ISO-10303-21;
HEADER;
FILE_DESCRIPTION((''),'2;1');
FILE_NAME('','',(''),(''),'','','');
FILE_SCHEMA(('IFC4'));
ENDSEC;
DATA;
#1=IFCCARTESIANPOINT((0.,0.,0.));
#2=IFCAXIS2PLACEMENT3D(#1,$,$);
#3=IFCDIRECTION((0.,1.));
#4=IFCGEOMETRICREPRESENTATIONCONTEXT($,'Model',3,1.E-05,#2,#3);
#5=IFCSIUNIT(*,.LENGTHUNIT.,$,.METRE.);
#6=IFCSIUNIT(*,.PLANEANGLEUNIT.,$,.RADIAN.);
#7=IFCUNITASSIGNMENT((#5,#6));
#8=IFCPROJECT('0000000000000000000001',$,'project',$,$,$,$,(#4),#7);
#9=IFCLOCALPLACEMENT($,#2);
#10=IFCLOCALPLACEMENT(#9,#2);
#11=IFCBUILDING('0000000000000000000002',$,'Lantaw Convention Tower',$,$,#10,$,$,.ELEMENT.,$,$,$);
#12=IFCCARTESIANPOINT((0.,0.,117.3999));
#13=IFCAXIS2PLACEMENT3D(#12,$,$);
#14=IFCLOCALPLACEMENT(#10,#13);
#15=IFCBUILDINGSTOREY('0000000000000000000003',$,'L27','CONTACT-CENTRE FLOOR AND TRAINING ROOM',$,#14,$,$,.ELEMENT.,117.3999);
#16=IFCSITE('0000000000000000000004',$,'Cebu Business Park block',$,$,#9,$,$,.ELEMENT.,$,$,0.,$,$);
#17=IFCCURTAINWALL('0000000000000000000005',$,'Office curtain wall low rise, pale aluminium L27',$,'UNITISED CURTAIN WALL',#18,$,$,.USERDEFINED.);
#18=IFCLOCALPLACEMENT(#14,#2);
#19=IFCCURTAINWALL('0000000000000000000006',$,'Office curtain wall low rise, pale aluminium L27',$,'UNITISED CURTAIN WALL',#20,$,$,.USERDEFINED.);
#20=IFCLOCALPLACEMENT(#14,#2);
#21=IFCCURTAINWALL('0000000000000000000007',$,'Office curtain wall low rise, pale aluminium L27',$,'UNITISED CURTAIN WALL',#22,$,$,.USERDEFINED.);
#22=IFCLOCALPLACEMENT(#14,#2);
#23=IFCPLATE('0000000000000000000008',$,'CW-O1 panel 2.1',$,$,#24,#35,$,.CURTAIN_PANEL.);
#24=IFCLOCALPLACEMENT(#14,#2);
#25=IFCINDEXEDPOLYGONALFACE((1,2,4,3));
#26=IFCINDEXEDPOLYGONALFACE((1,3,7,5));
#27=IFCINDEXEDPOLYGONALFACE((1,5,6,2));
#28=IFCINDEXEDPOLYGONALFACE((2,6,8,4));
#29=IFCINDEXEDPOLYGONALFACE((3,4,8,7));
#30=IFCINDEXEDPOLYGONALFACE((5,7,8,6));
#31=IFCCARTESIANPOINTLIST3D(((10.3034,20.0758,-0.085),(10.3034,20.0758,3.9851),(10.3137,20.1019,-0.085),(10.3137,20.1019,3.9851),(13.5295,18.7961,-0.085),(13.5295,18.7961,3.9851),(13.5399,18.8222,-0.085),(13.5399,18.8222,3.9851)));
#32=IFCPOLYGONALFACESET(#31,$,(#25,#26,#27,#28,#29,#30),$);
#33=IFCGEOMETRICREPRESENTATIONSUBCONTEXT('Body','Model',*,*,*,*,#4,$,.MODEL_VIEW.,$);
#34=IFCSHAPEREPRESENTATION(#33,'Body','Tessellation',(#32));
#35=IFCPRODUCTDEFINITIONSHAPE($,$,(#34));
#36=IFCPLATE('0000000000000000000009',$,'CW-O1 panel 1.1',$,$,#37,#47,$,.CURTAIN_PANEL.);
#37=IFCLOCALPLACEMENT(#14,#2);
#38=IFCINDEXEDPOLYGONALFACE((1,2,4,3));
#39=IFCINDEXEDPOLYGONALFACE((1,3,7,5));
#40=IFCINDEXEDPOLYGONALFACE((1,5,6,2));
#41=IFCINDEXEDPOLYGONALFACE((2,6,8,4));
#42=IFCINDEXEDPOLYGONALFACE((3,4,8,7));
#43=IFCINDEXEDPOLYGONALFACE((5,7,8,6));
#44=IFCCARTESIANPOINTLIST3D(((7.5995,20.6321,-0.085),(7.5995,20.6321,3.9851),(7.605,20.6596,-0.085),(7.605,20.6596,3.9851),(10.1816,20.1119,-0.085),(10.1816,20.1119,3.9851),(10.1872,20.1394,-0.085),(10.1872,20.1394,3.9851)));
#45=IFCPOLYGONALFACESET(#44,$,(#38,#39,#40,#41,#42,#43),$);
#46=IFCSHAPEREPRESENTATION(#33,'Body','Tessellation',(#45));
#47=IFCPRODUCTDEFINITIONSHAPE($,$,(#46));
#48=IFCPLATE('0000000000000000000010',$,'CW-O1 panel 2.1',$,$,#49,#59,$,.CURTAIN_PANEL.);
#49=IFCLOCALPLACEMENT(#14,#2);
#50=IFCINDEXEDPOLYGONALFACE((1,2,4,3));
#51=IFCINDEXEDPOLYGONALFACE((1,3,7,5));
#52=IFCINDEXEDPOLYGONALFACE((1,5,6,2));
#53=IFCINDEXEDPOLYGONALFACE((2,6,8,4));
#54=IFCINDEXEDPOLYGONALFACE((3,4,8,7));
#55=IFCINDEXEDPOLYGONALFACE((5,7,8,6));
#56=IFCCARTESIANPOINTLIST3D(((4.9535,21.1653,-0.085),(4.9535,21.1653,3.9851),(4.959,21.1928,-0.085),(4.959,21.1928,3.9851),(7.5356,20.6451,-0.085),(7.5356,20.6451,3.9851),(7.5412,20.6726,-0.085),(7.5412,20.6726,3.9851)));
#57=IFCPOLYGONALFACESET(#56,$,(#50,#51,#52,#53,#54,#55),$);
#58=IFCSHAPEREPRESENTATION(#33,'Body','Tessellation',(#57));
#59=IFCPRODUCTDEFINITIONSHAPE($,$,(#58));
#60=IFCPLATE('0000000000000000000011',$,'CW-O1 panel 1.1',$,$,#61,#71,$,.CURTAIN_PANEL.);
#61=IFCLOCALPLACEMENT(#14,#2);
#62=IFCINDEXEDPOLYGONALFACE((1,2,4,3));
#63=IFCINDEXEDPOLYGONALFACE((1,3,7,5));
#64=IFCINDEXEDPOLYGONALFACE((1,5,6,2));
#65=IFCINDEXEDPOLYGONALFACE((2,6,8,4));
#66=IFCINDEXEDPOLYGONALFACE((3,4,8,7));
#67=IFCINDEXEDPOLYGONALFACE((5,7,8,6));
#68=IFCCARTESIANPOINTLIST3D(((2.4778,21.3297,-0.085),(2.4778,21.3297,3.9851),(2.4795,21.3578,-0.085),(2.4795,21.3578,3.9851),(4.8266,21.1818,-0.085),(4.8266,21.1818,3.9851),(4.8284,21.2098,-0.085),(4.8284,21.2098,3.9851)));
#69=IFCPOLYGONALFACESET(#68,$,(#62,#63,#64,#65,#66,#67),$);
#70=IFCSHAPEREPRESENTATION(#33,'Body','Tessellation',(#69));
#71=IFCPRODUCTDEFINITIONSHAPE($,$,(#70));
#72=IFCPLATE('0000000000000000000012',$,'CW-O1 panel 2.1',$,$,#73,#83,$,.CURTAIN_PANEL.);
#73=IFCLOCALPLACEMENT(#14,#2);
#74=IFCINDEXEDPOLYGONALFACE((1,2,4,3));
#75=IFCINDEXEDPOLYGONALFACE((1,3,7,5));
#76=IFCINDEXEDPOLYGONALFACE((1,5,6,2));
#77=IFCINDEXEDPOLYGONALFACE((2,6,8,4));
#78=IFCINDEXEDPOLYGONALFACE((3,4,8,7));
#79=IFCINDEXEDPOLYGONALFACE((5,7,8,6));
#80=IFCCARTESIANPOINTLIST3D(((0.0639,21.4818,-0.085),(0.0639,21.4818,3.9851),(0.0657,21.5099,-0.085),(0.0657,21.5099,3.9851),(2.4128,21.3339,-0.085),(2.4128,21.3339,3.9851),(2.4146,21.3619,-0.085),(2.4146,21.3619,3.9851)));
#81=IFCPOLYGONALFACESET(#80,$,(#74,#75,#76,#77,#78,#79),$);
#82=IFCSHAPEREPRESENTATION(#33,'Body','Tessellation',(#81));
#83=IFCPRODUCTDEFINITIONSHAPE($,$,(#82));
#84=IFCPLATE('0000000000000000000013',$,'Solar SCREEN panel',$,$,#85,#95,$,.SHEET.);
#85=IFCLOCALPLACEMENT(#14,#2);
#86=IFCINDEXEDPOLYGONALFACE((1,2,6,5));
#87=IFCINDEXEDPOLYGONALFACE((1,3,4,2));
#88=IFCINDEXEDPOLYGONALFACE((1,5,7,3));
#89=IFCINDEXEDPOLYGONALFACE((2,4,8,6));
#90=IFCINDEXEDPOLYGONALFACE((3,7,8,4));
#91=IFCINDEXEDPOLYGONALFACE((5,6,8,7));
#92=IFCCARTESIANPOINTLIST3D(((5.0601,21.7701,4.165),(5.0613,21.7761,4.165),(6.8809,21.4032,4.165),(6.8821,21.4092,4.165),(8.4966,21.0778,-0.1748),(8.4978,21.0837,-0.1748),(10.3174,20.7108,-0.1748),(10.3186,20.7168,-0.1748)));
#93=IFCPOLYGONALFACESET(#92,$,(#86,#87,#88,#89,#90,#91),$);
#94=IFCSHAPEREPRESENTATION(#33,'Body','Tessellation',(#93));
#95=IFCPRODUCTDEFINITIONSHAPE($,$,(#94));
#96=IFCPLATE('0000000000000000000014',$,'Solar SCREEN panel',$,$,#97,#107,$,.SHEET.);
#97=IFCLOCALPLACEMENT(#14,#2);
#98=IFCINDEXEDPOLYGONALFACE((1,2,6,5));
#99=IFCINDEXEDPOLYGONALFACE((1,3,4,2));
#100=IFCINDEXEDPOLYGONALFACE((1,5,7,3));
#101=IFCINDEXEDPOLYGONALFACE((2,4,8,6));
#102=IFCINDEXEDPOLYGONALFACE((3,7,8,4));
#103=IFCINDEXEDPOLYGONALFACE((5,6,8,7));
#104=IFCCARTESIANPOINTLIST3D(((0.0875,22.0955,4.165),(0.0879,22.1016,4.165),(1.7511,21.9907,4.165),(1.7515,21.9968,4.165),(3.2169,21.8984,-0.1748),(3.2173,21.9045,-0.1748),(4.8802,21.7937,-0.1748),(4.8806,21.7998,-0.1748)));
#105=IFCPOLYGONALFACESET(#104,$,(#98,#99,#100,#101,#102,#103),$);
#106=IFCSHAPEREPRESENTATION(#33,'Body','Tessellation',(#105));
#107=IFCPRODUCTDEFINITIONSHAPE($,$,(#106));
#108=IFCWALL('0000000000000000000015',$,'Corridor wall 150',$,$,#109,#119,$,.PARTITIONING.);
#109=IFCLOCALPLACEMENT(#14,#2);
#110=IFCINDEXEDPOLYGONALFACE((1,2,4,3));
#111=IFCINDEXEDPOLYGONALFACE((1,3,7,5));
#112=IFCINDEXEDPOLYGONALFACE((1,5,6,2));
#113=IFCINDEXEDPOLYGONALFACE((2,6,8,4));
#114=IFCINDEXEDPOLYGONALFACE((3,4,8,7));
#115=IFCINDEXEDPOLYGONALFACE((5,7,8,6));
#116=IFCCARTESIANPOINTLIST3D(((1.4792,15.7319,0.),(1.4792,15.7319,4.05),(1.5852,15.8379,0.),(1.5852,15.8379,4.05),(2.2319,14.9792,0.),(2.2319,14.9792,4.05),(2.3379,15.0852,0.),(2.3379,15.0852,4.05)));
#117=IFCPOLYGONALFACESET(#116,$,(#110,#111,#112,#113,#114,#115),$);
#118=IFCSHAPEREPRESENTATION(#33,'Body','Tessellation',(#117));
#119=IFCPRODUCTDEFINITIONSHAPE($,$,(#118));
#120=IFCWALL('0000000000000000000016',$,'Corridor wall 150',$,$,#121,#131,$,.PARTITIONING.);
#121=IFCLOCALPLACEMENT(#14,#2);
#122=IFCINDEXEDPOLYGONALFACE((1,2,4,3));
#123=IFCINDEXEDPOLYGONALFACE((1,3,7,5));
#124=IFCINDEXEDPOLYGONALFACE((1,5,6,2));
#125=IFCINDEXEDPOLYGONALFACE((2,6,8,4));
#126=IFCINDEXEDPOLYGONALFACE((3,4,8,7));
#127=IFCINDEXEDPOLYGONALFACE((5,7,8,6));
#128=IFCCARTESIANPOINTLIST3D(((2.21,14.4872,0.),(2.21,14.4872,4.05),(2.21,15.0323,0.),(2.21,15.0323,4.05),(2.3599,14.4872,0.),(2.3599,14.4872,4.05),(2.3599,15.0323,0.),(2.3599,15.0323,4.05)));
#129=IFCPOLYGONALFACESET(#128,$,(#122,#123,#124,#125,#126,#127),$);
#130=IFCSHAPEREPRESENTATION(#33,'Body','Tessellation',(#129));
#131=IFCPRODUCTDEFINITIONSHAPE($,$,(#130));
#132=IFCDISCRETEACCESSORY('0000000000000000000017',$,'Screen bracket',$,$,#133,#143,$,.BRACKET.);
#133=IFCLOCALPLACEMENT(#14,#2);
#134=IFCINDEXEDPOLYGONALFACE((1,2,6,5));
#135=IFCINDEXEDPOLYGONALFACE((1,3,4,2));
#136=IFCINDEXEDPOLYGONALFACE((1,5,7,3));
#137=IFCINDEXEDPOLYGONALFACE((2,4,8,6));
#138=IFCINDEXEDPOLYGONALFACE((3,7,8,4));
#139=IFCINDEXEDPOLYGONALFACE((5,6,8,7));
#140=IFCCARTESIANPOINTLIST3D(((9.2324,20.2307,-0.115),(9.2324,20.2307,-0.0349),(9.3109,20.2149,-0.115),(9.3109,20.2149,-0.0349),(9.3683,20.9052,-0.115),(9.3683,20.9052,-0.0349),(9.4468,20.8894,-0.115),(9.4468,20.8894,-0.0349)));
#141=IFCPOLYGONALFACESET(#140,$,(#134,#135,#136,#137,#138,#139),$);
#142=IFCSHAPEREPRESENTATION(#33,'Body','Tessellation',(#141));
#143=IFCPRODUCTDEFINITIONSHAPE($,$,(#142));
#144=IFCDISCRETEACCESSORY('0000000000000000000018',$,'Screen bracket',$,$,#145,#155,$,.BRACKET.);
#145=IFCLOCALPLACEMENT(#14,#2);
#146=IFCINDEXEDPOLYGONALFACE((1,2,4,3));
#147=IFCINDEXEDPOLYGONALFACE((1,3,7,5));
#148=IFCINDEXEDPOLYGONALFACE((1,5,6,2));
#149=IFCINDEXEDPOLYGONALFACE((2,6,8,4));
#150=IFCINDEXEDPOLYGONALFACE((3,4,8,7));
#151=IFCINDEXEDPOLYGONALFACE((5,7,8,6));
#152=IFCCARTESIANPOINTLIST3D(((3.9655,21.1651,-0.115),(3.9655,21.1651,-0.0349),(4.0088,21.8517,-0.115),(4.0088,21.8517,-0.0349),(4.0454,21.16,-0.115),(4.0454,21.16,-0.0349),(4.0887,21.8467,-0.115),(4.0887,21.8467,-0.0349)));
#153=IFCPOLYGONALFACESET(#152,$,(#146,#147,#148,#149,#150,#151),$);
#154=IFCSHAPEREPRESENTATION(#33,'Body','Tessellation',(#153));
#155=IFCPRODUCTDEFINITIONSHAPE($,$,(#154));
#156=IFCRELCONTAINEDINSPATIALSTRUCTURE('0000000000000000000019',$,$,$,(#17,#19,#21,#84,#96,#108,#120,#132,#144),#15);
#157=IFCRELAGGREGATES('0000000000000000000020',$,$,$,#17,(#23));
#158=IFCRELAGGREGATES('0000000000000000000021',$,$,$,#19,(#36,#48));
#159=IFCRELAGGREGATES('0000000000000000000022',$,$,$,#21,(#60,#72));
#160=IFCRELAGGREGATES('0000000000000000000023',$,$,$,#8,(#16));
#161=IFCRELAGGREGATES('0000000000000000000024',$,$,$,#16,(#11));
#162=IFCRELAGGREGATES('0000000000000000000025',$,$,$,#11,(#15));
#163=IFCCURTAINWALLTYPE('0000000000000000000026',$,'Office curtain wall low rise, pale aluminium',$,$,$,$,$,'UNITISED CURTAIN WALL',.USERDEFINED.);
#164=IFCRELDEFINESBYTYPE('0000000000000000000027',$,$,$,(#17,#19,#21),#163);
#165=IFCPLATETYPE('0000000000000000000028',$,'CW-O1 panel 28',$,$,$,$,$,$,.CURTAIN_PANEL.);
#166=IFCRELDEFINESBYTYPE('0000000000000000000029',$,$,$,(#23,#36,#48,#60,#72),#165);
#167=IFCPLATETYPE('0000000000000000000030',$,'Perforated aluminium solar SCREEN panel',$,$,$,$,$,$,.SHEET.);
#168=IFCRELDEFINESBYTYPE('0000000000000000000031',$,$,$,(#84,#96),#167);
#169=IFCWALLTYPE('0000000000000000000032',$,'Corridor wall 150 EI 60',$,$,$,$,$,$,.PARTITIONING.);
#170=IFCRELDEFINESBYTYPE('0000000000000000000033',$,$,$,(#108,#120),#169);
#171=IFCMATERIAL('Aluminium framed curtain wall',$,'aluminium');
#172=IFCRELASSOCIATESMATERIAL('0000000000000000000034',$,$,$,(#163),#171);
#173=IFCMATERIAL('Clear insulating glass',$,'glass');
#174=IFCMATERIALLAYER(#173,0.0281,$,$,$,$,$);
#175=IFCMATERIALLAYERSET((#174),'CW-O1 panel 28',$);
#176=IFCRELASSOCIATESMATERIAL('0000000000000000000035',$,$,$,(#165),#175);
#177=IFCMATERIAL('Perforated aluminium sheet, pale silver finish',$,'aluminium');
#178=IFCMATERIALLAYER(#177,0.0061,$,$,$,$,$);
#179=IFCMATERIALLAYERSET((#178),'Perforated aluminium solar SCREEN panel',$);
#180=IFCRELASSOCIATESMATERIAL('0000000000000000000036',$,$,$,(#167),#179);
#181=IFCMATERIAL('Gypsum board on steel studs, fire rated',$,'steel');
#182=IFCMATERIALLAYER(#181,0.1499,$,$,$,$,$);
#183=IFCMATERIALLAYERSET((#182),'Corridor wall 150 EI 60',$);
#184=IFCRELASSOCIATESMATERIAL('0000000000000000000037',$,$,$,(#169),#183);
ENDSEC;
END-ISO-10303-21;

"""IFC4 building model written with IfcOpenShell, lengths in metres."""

from ifc_helpers import new_model, si_unit, direction, frame, frame_2d, origin, origin_2d, place, context, subcontext, project, spatial, polyline, rectangle, outline, extrude, material, layer, layer_set, type_object, element, aggregate, save


model = new_model("IFC4")

# Units and contexts
model_context = context("Model", 3, precision=1e-05, world=origin(), true_north=direction((0.0, 1.0)))
body_context = subcontext(model_context, "Body", "Model", "MODEL_VIEW")
ifc_project = project(units=[si_unit("LENGTHUNIT", "METRE"), si_unit("PLANEANGLEUNIT", "RADIAN")], contexts=[model_context])

# Site, building, storey
site_placement = place(None, origin())
site = spatial("IfcSite", under=ifc_project, at=site_placement, Name="Cebu Business Park block", CompositionType="ELEMENT", RefElevation=0.0)
building_placement = place(site_placement, origin())
building = spatial("IfcBuilding", under=site, at=building_placement, Name="Lantaw Convention Tower", CompositionType="ELEMENT")
storey_placement = place(building_placement, frame((0.0, 0.0, 117.3999)))
storey = spatial("IfcBuildingStorey", under=building, at=storey_placement, Name="L27", Description="CONTACT-CENTRE FLOOR AND TRAINING ROOM", CompositionType="ELEMENT", Elevation=117.3999)

# Curtain walls
ifc_material_1 = material(Name="Aluminium framed curtain wall", Category="aluminium")
curtain_wall_type = type_object("IfcCurtainWallType", Name="Office curtain wall low rise, pale aluminium", ElementType="UNITISED CURTAIN WALL", PredefinedType="USERDEFINED", material=ifc_material_1)
curtain_wall_1_placement = place(storey_placement, origin())
curtain_wall_1 = element("IfcCurtainWall", 1, at=curtain_wall_1_placement, inside=storey, type_object=curtain_wall_type, Name="Office curtain wall low rise, pale aluminium L27", ObjectType="UNITISED CURTAIN WALL", PredefinedType="USERDEFINED")
curtain_wall_2_placement = place(storey_placement, origin())
curtain_wall_2 = element("IfcCurtainWall", 2, at=curtain_wall_2_placement, inside=storey, type_object=curtain_wall_type, Name="Office curtain wall low rise, pale aluminium L27", ObjectType="UNITISED CURTAIN WALL", PredefinedType="USERDEFINED")
curtain_wall_3_placement = place(storey_placement, origin())
curtain_wall_3 = element("IfcCurtainWall", 3, at=curtain_wall_3_placement, inside=storey, type_object=curtain_wall_type, Name="Office curtain wall low rise, pale aluminium L27", ObjectType="UNITISED CURTAIN WALL", PredefinedType="USERDEFINED")

# Plates
ifc_material_2 = material(Name="Clear insulating glass", Category="glass")
ifc_layer_1 = layer(ifc_material_2, 0.0281)
ifc_layer_set_1 = layer_set([ifc_layer_1], Name="CW-O1 panel 28")
plate_type_1 = type_object("IfcPlateType", Name="CW-O1 panel 28", PredefinedType="CURTAIN_PANEL", material=ifc_layer_set_1)
plate_1_placement = place(storey_placement, frame((11.9216, 19.449, -0.085), z_axis=(0.0, 0.0, 1.0), x_axis=(-0.929548, 0.368702, 0.0)))
plate_1 = element("IfcPlate", 4, at=plate_1_placement, type_object=plate_type_1, Name="CW-O1 panel 2.1", PredefinedType="CURTAIN_PANEL", context=body_context, shape_type="SweptSolid", body=[
    extrude(rectangle(XDim=3.4707, YDim=0.0281, at=origin_2d()), origin(), (0.0, 0.0, 1.0), 4.0701),
])
aggregate(curtain_wall_1, [plate_1])
plate_2_placement = place(storey_placement, frame((8.8933, 20.3857, -0.085), z_axis=(0.0, 0.0, 1.0), x_axis=(-0.980302, 0.197507, 0.0)))
plate_2 = element("IfcPlate", 5, at=plate_2_placement, type_object=plate_type_1, Name="CW-O1 panel 1.1", PredefinedType="CURTAIN_PANEL", context=body_context, shape_type="SweptSolid", body=[
    extrude(rectangle(XDim=2.634, YDim=0.0281, at=origin_2d()), origin(), (0.0, 0.0, 1.0), 4.0701),
])
plate_3_placement = place(storey_placement, frame((6.2473, 20.9189, -0.085), z_axis=(0.0, 0.0, 1.0), x_axis=(-0.980302, 0.197507, 0.0)))
plate_3 = element("IfcPlate", 6, at=plate_3_placement, type_object=plate_type_1, Name="CW-O1 panel 2.1", PredefinedType="CURTAIN_PANEL", context=body_context, shape_type="SweptSolid", body=[
    extrude(rectangle(XDim=2.634, YDim=0.0281, at=origin_2d()), origin(), (0.0, 0.0, 1.0), 4.0701),
])
aggregate(curtain_wall_2, [plate_2, plate_3])
plate_4_placement = place(storey_placement, frame((3.6531, 21.2698, -0.085), z_axis=(0.0, 0.0, 1.0), x_axis=(-0.998022, 0.062865, 0.0)))
plate_4 = element("IfcPlate", 7, at=plate_4_placement, type_object=plate_type_1, Name="CW-O1 panel 1.1", PredefinedType="CURTAIN_PANEL", context=body_context, shape_type="SweptSolid", body=[
    extrude(rectangle(XDim=2.3535, YDim=0.0281, at=origin_2d()), origin(), (0.0, 0.0, 1.0), 4.0701),
])
plate_5_placement = place(storey_placement, frame((1.2393, 21.4219, -0.085), z_axis=(0.0, 0.0, 1.0), x_axis=(-0.998022, 0.062865, 0.0)))
plate_5 = element("IfcPlate", 8, at=plate_5_placement, type_object=plate_type_1, Name="CW-O1 panel 2.1", PredefinedType="CURTAIN_PANEL", context=body_context, shape_type="SweptSolid", body=[
    extrude(rectangle(XDim=2.3535, YDim=0.0281, at=origin_2d()), origin(), (0.0, 0.0, 1.0), 4.0701),
])
aggregate(curtain_wall_3, [plate_4, plate_5])

# Plates
ifc_material_3 = material(Name="Perforated aluminium sheet, pale silver finish", Category="aluminium")
ifc_layer_2 = layer(ifc_material_3, 0.0061)
ifc_layer_set_2 = layer_set([ifc_layer_2], Name="Perforated aluminium solar SCREEN panel")
plate_type_2 = type_object("IfcPlateType", Name="Perforated aluminium solar SCREEN panel", PredefinedType="SHEET", material=ifc_layer_set_2)
plate_6_placement = place(storey_placement, frame((10.3186, 20.7168, -0.1748), z_axis=(0.197557, 0.980291, 0.000039), x_axis=(-0.980291, 0.197557, 0.0)))
element("IfcPlate", 9, at=plate_6_placement, inside=storey, type_object=plate_type_2, Name="Solar SCREEN panel", PredefinedType="SHEET", context=body_context, shape_type="SweptSolid", body=[
    extrude(outline(polyline([(0.0, 0.0), (1.8574, 0.0), (5.363, 4.3398), (3.5056, 4.3398), (0.0, 0.0)])), origin(), (0.0, 0.0, -1.0), 0.0061),
])
plate_7_placement = place(storey_placement, frame((4.8806, 21.7998, -0.1748), z_axis=(0.062839, 0.998024, 0.000002), x_axis=(-0.998024, 0.062839, 0.0)))
element("IfcPlate", 10, at=plate_7_placement, inside=storey, type_object=plate_type_2, Name="Solar SCREEN panel", PredefinedType="SHEET", context=body_context, shape_type="SweptSolid", body=[
    extrude(outline(polyline([(0.0, 0.0), (1.6666, 0.0), (4.8022, 4.3398), (3.1353, 4.3398), (0.0, 0.0)])), origin(), (0.0, 0.0, -1.0), 0.0061),
])

# Walls
ifc_material_4 = material(Name="Gypsum board on steel studs, fire rated", Category="steel")
ifc_layer_3 = layer(ifc_material_4, 0.1499)
ifc_layer_set_3 = layer_set([ifc_layer_3], Name="Corridor wall 150 EI 60")
wall_type = type_object("IfcWallType", Name="Corridor wall 150 EI 60", PredefinedType="PARTITIONING", material=ifc_layer_set_3)
wall_1_placement = place(storey_placement, frame((1.5322, 15.7849, 0.0), z_axis=(0.0, 0.0, 1.0), x_axis=(0.707107, -0.707107, 0.0)))
element("IfcWall", 11, at=wall_1_placement, inside=storey, type_object=wall_type, Name="Corridor wall 150", PredefinedType="PARTITIONING", context=body_context, shape_type="SweptSolid", body=[
    extrude(rectangle(XDim=1.0645, YDim=0.1499, at=frame_2d((0.5322, 0.0))), origin(), (0.0, 0.0, 1.0), 4.05),
])
wall_2_placement = place(storey_placement, frame((2.2849, 15.0322, 0.0), z_axis=(0.0, 0.0, 1.0), x_axis=(0.0, -1.0, 0.0)))
element("IfcWall", 12, at=wall_2_placement, inside=storey, type_object=wall_type, Name="Corridor wall 150", PredefinedType="PARTITIONING", context=body_context, shape_type="SweptSolid", body=[
    extrude(rectangle(XDim=0.5452, YDim=0.1499, at=frame_2d((0.2725, 0.0))), origin(), (0.0, 0.0, 1.0), 4.05),
])

# Discrete accessories
for number, where, z_axis, x_axis, name in (
    (13, (9.3396, 20.5601, -0.115), (0.0, 0.0, 1.0), (-0.980302, 0.197507, 0.0), "Screen bracket"),
    (14, (4.0271, 21.5059, -0.115), (0.0, 0.0, 1.0), (-0.998022, 0.062865, 0.0), "Screen bracket"),
):
    element("IfcDiscreteAccessory", number, at=place(storey_placement, frame(where, z_axis=z_axis, x_axis=x_axis)), inside=storey, Name=name, PredefinedType="BRACKET", context=body_context, shape_type="SweptSolid", body=[
        extrude(rectangle(XDim=0.0801, YDim=0.688, at=origin_2d()), origin(), (0.0, 0.0, 1.0), 0.0801),
    ])

save(model, "model.ifc")
